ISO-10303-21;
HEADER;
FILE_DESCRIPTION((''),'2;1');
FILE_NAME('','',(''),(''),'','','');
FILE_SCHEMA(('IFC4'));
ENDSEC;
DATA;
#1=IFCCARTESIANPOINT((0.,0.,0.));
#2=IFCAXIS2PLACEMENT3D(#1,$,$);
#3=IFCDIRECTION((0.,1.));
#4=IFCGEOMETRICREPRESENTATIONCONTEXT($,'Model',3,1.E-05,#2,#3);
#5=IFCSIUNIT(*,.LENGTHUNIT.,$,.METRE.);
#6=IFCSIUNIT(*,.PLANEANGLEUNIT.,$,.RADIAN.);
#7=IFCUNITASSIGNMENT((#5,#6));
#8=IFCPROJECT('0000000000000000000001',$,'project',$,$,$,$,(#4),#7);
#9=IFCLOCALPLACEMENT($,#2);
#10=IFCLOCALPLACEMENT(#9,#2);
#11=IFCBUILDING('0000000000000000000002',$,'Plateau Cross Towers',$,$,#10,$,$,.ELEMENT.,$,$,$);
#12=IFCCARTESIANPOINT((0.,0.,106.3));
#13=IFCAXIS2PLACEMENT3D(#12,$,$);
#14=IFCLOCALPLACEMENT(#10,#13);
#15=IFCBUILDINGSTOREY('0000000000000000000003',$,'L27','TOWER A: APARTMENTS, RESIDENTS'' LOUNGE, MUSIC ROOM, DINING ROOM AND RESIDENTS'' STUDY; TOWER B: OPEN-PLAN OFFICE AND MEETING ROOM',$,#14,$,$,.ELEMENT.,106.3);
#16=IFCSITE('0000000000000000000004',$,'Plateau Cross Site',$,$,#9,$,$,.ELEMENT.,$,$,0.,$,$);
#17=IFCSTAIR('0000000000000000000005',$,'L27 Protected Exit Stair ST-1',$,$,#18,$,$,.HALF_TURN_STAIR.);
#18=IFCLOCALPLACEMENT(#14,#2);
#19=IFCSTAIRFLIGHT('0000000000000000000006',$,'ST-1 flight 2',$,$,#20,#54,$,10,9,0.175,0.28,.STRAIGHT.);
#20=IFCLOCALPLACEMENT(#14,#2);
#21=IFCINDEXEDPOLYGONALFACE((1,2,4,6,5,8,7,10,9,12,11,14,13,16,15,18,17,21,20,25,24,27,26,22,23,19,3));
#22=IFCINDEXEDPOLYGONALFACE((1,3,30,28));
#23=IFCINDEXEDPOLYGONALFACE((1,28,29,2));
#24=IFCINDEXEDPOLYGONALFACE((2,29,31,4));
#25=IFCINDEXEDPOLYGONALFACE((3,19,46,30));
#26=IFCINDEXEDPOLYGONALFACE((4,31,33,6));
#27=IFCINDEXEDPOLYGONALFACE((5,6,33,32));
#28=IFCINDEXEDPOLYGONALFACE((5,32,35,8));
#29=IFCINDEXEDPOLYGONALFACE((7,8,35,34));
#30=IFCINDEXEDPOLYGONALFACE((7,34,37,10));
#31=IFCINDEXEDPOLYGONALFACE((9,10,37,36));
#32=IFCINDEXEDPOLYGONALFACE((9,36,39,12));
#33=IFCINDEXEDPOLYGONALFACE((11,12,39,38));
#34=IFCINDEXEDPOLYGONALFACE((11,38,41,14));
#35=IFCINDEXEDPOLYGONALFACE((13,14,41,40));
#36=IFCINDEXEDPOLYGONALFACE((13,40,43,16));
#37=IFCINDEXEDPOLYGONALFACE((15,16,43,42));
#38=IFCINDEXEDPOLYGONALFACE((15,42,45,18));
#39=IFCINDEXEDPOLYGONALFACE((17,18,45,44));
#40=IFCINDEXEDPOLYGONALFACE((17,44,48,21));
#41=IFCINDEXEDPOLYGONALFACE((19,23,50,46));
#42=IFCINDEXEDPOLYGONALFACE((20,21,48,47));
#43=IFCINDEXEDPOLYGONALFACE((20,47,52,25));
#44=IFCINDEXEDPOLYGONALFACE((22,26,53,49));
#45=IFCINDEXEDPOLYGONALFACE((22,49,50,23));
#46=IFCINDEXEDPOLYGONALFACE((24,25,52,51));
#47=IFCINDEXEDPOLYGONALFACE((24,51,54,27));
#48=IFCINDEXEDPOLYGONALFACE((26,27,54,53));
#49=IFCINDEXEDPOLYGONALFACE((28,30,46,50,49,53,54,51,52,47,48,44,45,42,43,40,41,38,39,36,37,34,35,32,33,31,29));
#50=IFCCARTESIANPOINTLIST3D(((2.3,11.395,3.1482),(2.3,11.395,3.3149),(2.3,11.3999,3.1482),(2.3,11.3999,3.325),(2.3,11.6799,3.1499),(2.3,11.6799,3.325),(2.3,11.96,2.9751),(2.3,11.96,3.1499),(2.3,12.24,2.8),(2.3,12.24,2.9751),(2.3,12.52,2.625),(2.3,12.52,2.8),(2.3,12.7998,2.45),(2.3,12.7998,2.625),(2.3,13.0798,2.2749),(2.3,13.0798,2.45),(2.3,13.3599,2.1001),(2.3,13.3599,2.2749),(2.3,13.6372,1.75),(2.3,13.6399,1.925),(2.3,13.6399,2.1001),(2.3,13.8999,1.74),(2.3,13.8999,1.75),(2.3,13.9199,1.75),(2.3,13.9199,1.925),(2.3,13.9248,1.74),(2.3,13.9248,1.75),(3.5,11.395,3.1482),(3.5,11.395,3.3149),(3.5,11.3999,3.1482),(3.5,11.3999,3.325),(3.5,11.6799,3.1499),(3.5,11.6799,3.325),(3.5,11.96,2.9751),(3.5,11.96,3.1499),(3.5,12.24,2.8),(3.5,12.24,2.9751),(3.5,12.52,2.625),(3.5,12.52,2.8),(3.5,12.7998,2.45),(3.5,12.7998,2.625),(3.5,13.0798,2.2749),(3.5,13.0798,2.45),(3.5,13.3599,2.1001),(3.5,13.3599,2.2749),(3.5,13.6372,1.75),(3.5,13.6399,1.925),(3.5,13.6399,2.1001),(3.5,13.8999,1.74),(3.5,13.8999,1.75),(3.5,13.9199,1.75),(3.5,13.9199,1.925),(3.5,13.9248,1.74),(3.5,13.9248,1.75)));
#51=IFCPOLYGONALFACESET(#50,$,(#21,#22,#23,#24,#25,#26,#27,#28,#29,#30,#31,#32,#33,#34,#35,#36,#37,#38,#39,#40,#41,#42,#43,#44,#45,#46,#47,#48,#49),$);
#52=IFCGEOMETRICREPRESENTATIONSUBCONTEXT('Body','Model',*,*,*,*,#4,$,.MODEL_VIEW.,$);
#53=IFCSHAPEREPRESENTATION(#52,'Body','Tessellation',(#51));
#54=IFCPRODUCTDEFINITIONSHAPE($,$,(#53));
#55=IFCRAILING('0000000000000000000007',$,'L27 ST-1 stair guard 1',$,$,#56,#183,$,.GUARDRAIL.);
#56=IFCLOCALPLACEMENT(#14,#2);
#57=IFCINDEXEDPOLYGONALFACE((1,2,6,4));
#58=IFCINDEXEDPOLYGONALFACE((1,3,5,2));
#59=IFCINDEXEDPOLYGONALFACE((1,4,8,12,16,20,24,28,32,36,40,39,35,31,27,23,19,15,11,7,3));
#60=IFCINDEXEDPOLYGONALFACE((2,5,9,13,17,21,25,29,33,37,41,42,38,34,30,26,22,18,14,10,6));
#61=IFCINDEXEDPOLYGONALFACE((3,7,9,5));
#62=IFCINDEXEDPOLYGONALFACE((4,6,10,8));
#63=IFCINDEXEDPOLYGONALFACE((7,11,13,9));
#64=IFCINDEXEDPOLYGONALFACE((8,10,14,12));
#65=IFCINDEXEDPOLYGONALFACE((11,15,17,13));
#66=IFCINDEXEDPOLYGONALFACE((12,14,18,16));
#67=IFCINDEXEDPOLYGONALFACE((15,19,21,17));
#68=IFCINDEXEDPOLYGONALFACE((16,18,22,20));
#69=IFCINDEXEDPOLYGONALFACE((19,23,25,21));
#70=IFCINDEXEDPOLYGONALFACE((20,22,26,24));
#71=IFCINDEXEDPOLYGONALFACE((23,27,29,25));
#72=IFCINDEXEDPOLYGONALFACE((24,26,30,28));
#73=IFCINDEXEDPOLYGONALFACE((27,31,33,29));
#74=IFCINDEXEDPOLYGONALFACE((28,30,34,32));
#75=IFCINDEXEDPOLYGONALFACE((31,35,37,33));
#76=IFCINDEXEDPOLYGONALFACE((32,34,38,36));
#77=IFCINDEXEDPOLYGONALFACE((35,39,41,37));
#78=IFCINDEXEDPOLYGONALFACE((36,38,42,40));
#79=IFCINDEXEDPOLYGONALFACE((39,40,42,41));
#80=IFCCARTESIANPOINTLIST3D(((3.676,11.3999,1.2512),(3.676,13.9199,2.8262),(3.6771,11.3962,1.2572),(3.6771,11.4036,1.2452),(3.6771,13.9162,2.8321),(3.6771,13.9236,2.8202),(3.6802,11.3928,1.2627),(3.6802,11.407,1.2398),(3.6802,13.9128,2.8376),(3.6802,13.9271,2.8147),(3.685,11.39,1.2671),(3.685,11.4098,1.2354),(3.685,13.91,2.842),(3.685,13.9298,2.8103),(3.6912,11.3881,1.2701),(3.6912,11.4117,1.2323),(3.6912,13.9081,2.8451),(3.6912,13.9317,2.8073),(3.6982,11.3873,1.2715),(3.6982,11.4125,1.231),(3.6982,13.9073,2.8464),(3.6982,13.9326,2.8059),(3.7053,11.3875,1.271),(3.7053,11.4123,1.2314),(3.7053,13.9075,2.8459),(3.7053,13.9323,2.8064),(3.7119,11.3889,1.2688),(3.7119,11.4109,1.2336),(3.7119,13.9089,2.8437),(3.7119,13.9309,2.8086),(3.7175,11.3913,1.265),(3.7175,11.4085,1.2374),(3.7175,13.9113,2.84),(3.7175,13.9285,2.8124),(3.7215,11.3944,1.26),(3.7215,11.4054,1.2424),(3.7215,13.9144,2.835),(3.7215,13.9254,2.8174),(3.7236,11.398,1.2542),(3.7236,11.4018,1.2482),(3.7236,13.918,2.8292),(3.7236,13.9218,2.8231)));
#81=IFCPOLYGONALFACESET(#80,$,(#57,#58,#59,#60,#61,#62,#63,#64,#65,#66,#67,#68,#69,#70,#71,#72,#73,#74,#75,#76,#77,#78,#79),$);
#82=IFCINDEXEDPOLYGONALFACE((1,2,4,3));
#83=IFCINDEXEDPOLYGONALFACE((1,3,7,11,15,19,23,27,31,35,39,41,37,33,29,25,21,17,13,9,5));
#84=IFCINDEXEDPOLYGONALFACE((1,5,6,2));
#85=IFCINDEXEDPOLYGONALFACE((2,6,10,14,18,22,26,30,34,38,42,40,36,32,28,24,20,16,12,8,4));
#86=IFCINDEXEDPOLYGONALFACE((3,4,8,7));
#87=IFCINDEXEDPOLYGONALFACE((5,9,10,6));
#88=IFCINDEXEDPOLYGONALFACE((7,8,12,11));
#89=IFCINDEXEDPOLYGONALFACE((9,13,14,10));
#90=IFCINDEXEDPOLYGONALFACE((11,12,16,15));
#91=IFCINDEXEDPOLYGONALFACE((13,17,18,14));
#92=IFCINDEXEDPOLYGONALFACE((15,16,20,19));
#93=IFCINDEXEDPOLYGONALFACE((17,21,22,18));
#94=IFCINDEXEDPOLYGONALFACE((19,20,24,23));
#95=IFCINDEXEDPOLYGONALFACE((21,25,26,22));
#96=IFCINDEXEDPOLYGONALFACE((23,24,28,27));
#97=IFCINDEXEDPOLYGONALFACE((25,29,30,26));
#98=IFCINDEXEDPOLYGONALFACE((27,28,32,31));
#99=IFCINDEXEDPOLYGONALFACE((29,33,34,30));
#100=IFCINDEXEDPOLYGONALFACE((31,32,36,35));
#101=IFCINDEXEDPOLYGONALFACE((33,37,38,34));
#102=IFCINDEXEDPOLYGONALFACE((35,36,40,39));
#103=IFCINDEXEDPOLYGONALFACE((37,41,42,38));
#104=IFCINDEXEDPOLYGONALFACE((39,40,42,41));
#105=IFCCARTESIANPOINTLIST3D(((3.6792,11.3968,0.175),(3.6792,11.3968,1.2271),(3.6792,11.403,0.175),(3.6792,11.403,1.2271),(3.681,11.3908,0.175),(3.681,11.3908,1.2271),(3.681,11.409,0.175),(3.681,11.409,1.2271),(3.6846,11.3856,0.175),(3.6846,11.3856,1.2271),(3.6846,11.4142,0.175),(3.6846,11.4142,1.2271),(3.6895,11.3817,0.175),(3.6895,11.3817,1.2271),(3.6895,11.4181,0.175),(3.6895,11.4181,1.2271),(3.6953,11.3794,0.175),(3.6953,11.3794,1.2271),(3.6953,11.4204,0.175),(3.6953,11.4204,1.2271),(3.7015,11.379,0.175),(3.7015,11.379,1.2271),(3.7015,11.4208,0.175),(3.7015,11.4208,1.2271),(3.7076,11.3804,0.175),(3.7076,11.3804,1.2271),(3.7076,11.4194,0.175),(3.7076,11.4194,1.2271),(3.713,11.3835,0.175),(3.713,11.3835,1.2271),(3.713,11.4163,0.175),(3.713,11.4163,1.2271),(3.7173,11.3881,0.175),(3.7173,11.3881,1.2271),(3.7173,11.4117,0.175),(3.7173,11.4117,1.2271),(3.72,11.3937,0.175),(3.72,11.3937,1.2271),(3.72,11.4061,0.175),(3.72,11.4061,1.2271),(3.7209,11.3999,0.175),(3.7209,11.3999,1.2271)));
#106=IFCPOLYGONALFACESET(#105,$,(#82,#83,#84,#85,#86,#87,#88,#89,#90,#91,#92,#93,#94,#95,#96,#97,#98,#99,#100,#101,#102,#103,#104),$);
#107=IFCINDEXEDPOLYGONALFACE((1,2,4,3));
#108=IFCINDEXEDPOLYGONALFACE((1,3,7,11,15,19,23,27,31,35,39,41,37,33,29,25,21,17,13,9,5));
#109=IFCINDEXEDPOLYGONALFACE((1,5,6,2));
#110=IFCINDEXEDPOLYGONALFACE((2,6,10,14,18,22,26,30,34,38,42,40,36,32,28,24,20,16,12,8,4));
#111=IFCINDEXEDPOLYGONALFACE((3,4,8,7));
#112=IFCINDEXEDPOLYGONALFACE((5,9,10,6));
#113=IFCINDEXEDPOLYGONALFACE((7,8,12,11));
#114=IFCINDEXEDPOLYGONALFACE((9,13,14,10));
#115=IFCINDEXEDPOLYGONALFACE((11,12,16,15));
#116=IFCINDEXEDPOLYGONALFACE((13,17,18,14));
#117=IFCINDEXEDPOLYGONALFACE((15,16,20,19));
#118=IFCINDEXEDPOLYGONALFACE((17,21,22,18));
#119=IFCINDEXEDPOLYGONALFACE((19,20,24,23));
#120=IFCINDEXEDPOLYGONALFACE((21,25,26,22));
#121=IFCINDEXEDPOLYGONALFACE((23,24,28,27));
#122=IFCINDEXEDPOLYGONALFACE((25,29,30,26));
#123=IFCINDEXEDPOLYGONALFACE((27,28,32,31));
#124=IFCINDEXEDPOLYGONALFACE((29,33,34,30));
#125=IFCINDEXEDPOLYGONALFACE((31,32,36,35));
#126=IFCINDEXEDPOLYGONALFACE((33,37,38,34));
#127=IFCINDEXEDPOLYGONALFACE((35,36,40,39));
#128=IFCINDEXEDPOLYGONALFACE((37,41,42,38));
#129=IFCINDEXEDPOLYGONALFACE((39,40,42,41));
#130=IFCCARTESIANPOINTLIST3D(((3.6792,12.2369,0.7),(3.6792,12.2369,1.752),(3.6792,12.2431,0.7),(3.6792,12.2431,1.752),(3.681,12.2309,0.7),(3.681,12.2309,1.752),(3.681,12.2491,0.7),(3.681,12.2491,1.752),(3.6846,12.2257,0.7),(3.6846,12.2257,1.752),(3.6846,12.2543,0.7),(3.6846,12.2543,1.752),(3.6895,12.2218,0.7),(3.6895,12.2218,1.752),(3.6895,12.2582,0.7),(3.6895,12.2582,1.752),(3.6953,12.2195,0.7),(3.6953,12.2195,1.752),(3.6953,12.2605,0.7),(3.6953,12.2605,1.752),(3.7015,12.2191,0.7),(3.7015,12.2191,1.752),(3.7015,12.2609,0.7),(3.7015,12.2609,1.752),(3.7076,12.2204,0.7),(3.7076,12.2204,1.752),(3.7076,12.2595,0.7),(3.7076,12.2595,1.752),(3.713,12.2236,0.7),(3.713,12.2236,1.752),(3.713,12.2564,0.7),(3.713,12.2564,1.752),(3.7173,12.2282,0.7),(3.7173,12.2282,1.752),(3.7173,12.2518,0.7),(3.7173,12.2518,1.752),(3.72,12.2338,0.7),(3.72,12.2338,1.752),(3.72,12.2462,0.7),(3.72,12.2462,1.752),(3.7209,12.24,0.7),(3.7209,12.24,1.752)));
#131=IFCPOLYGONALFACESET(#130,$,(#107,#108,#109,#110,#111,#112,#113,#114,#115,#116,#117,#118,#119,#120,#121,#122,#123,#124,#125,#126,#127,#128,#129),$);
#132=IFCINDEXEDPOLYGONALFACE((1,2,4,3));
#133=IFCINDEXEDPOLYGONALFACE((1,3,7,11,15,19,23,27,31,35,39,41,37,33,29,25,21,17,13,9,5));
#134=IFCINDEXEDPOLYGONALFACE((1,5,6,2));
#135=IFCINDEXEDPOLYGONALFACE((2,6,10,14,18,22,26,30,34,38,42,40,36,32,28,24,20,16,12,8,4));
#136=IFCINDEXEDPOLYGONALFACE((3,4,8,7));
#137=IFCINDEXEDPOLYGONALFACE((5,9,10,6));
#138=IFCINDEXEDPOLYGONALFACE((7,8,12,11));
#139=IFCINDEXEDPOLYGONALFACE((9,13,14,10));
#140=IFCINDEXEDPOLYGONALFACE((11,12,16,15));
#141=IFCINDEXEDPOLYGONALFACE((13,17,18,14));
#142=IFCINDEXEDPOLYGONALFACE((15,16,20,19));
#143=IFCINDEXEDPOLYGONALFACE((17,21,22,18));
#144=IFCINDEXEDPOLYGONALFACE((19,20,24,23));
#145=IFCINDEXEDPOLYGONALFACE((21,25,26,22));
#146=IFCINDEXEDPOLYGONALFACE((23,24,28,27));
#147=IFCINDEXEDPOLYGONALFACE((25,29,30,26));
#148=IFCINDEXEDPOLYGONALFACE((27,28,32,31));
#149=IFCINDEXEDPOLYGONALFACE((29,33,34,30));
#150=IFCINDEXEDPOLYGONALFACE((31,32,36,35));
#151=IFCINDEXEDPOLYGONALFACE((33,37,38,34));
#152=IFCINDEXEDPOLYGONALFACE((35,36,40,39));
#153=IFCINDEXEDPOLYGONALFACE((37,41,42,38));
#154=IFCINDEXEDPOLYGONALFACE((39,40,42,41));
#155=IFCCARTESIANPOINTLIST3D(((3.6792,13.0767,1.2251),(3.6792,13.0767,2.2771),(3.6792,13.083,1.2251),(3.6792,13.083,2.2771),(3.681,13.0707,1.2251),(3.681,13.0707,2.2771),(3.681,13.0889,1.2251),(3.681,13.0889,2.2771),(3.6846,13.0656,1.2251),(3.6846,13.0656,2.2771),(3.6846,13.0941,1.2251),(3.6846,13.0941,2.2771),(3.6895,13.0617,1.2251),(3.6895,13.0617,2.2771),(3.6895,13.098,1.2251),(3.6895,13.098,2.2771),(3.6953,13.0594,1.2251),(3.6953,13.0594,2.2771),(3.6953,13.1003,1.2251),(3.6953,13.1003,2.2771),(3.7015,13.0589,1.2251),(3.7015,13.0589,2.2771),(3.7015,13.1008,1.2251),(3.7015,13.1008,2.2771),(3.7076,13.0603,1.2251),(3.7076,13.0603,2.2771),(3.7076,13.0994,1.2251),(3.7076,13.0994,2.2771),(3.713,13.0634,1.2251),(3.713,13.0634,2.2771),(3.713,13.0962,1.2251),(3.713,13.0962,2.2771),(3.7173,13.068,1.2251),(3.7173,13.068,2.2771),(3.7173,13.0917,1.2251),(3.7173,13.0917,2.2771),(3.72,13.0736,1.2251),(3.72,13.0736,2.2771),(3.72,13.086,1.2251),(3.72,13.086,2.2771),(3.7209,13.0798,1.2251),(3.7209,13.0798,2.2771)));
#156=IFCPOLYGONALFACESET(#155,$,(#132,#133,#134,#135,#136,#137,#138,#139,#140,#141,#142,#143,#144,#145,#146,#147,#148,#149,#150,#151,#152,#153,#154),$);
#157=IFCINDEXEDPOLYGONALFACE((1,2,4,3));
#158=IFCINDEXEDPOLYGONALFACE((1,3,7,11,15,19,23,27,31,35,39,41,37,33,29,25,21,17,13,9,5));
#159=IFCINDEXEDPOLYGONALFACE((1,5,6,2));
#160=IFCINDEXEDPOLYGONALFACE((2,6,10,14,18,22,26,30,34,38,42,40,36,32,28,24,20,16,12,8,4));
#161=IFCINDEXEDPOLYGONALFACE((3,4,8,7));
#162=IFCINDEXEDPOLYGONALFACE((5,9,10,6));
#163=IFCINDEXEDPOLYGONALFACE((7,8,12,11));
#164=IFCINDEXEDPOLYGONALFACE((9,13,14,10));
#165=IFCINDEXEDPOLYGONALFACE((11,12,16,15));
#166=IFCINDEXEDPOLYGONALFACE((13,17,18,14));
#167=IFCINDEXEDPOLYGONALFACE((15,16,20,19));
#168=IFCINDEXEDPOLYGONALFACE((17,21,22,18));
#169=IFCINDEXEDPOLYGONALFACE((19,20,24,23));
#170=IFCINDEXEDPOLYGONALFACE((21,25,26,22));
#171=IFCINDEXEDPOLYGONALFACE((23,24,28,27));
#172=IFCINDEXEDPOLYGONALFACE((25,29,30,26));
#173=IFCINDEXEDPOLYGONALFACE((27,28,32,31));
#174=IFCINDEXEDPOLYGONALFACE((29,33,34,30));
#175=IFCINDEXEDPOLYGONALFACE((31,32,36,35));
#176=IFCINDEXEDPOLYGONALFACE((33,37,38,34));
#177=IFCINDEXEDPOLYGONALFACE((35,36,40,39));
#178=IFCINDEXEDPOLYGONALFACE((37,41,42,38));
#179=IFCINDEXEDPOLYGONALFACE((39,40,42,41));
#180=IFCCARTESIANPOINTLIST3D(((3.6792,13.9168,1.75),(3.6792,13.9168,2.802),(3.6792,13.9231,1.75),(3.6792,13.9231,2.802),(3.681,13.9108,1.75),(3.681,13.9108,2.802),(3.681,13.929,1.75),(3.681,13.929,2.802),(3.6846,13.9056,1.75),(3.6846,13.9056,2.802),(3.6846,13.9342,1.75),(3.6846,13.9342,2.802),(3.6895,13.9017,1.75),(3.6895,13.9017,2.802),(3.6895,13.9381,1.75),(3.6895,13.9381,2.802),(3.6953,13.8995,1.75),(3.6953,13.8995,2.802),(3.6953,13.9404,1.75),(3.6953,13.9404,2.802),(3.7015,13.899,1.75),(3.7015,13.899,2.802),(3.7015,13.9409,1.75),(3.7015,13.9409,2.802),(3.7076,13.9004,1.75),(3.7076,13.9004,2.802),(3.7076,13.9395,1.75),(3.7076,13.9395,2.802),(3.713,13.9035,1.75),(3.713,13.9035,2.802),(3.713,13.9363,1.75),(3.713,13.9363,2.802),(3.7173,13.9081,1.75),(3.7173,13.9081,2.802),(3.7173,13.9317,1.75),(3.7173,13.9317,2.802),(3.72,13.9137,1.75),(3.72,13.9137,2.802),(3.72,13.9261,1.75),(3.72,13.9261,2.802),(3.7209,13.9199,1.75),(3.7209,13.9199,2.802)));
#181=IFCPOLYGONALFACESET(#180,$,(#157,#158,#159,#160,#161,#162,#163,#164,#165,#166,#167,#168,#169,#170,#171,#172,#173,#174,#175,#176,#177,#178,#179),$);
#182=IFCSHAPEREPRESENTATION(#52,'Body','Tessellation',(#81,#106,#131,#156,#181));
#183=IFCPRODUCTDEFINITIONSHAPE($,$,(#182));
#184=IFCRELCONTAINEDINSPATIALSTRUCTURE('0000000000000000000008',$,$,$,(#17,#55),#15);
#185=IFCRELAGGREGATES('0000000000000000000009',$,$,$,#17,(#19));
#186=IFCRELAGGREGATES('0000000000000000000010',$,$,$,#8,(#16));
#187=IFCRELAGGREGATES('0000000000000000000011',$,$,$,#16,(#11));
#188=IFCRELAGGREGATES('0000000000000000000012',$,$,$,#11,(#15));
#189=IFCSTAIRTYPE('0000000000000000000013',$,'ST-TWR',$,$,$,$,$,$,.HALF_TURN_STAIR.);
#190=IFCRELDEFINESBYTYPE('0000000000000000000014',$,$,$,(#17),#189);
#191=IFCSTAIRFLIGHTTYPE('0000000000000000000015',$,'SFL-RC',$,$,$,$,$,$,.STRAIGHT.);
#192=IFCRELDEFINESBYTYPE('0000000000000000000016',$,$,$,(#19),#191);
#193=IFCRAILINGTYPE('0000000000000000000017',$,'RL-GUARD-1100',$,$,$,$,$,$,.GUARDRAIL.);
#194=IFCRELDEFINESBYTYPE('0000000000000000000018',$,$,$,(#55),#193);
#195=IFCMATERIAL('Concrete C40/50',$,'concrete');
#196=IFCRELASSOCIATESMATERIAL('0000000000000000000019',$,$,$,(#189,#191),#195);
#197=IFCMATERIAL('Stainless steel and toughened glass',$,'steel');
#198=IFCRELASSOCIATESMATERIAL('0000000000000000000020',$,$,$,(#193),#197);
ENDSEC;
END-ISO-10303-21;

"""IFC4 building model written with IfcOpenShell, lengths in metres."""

from ifc_helpers import new_model, si_unit, direction, frame, origin, origin_2d, place, context, subcontext, project, spatial, polyline, circle, outline, extrude, material, type_object, element, aggregate, save


model = new_model("IFC4")

# Units and contexts
model_context = context("Model", 3, precision=1e-05, world=origin(), true_north=direction((0.0, 1.0)))
body_context = subcontext(model_context, "Body", "Model", "MODEL_VIEW")
ifc_project = project(units=[si_unit("LENGTHUNIT", "METRE"), si_unit("PLANEANGLEUNIT", "RADIAN")], contexts=[model_context])

# Site, building, storey
site_placement = place(None, origin())
site = spatial("IfcSite", under=ifc_project, at=site_placement, Name="Plateau Cross Site", CompositionType="ELEMENT", RefElevation=0.0)
building_placement = place(site_placement, origin())
building = spatial("IfcBuilding", under=site, at=building_placement, Name="Plateau Cross Towers", CompositionType="ELEMENT")
storey_placement = place(building_placement, frame((0.0, 0.0, 106.3)))
storey = spatial("IfcBuildingStorey", under=building, at=storey_placement, Name="L27", Description="TOWER A: APARTMENTS, RESIDENTS' LOUNGE, MUSIC ROOM, DINING ROOM AND RESIDENTS' STUDY; TOWER B: OPEN-PLAN OFFICE AND MEETING ROOM", CompositionType="ELEMENT", Elevation=106.3)

# Stair, stair flight
ifc_material_1 = material(Name="Concrete C40/50", Category="concrete")
stair_type = type_object("IfcStairType", Name="ST-TWR", PredefinedType="HALF_TURN_STAIR", material=ifc_material_1)
stair_placement = place(storey_placement, origin())
stair = element("IfcStair", 1, at=stair_placement, inside=storey, type_object=stair_type, Name="L27 Protected Exit Stair ST-1", PredefinedType="HALF_TURN_STAIR")
stair_flight_type = type_object("IfcStairFlightType", Name="SFL-RC", PredefinedType="STRAIGHT", material=ifc_material_1)
stair_flight_1_placement = place(storey_placement, frame((2.8999, 13.9199, 1.75), z_axis=(0.0, 0.0, 1.0), x_axis=(0.0, -1.0, 0.0)))
stair_flight_1 = element("IfcStairFlight", 2, at=stair_flight_1_placement, type_object=stair_flight_type, Name="ST-1 flight 2", NumberOfRisers=10, NumberOfTreads=9, PredefinedType="STRAIGHT", RiserHeight=0.175, TreadLength=0.28, context=body_context, shape_type="SweptSolid", body=[
    extrude(outline(polyline([(-0.0049, -0.01), (-0.0049, 0.0), (0.0, 0.0), (0.0, 0.175), (0.28, 0.175), (0.28, 0.3501), (0.5601, 0.3501), (0.5601, 0.5249), (0.8401, 0.5249), (0.8401, 0.7), (1.1201, 0.7), (1.1201, 0.875), (1.3999, 0.875), (1.3999, 1.05), (1.6799, 1.05), (1.6799, 1.2251), (1.96, 1.2251), (1.96, 1.3999), (2.24, 1.3999), (2.24, 1.575), (2.52, 1.575), (2.5249, 1.5649), (2.5249, 1.3982), (2.52, 1.3982), (0.2827, 0.0), (0.02, 0.0), (0.02, -0.01), (-0.0049, -0.01)])), frame((0.0, 0.6001, 0.0), z_axis=(0.0, -1.0, 0.0), x_axis=(1.0, 0.0, 0.0)), (0.0, 0.0, 1.0), 1.2),
])
aggregate(stair, [stair_flight_1])

# Railing
ifc_material_2 = material(Name="Stainless steel and toughened glass", Category="steel")
railing_type_1 = type_object("IfcRailingType", Name="RL-GUARD-1100", PredefinedType="GUARDRAIL", material=ifc_material_2)
railing_1_placement = place(storey_placement, frame((3.7, 11.3999, 0.175)))
element("IfcRailing", 3, at=railing_1_placement, inside=storey, type_object=railing_type_1, Name="L27 ST-1 stair guard 1", PredefinedType="GUARDRAIL", context=body_context, shape_type="SweptSolid", body=[
    extrude(circle(Radius=0.0239, at=origin_2d()), frame((0.0, 0.0, 1.0762), z_axis=(0.0, 0.848008, 0.529984), x_axis=(-1.0, 0.0, 0.0)), (0.0, 0.0, 1.0), 2.9717),
    extrude(circle(Radius=0.021, at=origin_2d()), origin(), (0.0, 0.0, 1.0), 1.052),
    extrude(circle(Radius=0.021, at=origin_2d()), frame((0.0, 0.8401, 0.5249)), (0.0, 0.0, 1.0), 1.052),
    extrude(circle(Radius=0.021, at=origin_2d()), frame((0.0, 1.6799, 1.05)), (0.0, 0.0, 1.0), 1.052),
    extrude(circle(Radius=0.021, at=origin_2d()), frame((0.0, 2.52, 1.575)), (0.0, 0.0, 1.0), 1.052),
])

save(model, "model.ifc")
